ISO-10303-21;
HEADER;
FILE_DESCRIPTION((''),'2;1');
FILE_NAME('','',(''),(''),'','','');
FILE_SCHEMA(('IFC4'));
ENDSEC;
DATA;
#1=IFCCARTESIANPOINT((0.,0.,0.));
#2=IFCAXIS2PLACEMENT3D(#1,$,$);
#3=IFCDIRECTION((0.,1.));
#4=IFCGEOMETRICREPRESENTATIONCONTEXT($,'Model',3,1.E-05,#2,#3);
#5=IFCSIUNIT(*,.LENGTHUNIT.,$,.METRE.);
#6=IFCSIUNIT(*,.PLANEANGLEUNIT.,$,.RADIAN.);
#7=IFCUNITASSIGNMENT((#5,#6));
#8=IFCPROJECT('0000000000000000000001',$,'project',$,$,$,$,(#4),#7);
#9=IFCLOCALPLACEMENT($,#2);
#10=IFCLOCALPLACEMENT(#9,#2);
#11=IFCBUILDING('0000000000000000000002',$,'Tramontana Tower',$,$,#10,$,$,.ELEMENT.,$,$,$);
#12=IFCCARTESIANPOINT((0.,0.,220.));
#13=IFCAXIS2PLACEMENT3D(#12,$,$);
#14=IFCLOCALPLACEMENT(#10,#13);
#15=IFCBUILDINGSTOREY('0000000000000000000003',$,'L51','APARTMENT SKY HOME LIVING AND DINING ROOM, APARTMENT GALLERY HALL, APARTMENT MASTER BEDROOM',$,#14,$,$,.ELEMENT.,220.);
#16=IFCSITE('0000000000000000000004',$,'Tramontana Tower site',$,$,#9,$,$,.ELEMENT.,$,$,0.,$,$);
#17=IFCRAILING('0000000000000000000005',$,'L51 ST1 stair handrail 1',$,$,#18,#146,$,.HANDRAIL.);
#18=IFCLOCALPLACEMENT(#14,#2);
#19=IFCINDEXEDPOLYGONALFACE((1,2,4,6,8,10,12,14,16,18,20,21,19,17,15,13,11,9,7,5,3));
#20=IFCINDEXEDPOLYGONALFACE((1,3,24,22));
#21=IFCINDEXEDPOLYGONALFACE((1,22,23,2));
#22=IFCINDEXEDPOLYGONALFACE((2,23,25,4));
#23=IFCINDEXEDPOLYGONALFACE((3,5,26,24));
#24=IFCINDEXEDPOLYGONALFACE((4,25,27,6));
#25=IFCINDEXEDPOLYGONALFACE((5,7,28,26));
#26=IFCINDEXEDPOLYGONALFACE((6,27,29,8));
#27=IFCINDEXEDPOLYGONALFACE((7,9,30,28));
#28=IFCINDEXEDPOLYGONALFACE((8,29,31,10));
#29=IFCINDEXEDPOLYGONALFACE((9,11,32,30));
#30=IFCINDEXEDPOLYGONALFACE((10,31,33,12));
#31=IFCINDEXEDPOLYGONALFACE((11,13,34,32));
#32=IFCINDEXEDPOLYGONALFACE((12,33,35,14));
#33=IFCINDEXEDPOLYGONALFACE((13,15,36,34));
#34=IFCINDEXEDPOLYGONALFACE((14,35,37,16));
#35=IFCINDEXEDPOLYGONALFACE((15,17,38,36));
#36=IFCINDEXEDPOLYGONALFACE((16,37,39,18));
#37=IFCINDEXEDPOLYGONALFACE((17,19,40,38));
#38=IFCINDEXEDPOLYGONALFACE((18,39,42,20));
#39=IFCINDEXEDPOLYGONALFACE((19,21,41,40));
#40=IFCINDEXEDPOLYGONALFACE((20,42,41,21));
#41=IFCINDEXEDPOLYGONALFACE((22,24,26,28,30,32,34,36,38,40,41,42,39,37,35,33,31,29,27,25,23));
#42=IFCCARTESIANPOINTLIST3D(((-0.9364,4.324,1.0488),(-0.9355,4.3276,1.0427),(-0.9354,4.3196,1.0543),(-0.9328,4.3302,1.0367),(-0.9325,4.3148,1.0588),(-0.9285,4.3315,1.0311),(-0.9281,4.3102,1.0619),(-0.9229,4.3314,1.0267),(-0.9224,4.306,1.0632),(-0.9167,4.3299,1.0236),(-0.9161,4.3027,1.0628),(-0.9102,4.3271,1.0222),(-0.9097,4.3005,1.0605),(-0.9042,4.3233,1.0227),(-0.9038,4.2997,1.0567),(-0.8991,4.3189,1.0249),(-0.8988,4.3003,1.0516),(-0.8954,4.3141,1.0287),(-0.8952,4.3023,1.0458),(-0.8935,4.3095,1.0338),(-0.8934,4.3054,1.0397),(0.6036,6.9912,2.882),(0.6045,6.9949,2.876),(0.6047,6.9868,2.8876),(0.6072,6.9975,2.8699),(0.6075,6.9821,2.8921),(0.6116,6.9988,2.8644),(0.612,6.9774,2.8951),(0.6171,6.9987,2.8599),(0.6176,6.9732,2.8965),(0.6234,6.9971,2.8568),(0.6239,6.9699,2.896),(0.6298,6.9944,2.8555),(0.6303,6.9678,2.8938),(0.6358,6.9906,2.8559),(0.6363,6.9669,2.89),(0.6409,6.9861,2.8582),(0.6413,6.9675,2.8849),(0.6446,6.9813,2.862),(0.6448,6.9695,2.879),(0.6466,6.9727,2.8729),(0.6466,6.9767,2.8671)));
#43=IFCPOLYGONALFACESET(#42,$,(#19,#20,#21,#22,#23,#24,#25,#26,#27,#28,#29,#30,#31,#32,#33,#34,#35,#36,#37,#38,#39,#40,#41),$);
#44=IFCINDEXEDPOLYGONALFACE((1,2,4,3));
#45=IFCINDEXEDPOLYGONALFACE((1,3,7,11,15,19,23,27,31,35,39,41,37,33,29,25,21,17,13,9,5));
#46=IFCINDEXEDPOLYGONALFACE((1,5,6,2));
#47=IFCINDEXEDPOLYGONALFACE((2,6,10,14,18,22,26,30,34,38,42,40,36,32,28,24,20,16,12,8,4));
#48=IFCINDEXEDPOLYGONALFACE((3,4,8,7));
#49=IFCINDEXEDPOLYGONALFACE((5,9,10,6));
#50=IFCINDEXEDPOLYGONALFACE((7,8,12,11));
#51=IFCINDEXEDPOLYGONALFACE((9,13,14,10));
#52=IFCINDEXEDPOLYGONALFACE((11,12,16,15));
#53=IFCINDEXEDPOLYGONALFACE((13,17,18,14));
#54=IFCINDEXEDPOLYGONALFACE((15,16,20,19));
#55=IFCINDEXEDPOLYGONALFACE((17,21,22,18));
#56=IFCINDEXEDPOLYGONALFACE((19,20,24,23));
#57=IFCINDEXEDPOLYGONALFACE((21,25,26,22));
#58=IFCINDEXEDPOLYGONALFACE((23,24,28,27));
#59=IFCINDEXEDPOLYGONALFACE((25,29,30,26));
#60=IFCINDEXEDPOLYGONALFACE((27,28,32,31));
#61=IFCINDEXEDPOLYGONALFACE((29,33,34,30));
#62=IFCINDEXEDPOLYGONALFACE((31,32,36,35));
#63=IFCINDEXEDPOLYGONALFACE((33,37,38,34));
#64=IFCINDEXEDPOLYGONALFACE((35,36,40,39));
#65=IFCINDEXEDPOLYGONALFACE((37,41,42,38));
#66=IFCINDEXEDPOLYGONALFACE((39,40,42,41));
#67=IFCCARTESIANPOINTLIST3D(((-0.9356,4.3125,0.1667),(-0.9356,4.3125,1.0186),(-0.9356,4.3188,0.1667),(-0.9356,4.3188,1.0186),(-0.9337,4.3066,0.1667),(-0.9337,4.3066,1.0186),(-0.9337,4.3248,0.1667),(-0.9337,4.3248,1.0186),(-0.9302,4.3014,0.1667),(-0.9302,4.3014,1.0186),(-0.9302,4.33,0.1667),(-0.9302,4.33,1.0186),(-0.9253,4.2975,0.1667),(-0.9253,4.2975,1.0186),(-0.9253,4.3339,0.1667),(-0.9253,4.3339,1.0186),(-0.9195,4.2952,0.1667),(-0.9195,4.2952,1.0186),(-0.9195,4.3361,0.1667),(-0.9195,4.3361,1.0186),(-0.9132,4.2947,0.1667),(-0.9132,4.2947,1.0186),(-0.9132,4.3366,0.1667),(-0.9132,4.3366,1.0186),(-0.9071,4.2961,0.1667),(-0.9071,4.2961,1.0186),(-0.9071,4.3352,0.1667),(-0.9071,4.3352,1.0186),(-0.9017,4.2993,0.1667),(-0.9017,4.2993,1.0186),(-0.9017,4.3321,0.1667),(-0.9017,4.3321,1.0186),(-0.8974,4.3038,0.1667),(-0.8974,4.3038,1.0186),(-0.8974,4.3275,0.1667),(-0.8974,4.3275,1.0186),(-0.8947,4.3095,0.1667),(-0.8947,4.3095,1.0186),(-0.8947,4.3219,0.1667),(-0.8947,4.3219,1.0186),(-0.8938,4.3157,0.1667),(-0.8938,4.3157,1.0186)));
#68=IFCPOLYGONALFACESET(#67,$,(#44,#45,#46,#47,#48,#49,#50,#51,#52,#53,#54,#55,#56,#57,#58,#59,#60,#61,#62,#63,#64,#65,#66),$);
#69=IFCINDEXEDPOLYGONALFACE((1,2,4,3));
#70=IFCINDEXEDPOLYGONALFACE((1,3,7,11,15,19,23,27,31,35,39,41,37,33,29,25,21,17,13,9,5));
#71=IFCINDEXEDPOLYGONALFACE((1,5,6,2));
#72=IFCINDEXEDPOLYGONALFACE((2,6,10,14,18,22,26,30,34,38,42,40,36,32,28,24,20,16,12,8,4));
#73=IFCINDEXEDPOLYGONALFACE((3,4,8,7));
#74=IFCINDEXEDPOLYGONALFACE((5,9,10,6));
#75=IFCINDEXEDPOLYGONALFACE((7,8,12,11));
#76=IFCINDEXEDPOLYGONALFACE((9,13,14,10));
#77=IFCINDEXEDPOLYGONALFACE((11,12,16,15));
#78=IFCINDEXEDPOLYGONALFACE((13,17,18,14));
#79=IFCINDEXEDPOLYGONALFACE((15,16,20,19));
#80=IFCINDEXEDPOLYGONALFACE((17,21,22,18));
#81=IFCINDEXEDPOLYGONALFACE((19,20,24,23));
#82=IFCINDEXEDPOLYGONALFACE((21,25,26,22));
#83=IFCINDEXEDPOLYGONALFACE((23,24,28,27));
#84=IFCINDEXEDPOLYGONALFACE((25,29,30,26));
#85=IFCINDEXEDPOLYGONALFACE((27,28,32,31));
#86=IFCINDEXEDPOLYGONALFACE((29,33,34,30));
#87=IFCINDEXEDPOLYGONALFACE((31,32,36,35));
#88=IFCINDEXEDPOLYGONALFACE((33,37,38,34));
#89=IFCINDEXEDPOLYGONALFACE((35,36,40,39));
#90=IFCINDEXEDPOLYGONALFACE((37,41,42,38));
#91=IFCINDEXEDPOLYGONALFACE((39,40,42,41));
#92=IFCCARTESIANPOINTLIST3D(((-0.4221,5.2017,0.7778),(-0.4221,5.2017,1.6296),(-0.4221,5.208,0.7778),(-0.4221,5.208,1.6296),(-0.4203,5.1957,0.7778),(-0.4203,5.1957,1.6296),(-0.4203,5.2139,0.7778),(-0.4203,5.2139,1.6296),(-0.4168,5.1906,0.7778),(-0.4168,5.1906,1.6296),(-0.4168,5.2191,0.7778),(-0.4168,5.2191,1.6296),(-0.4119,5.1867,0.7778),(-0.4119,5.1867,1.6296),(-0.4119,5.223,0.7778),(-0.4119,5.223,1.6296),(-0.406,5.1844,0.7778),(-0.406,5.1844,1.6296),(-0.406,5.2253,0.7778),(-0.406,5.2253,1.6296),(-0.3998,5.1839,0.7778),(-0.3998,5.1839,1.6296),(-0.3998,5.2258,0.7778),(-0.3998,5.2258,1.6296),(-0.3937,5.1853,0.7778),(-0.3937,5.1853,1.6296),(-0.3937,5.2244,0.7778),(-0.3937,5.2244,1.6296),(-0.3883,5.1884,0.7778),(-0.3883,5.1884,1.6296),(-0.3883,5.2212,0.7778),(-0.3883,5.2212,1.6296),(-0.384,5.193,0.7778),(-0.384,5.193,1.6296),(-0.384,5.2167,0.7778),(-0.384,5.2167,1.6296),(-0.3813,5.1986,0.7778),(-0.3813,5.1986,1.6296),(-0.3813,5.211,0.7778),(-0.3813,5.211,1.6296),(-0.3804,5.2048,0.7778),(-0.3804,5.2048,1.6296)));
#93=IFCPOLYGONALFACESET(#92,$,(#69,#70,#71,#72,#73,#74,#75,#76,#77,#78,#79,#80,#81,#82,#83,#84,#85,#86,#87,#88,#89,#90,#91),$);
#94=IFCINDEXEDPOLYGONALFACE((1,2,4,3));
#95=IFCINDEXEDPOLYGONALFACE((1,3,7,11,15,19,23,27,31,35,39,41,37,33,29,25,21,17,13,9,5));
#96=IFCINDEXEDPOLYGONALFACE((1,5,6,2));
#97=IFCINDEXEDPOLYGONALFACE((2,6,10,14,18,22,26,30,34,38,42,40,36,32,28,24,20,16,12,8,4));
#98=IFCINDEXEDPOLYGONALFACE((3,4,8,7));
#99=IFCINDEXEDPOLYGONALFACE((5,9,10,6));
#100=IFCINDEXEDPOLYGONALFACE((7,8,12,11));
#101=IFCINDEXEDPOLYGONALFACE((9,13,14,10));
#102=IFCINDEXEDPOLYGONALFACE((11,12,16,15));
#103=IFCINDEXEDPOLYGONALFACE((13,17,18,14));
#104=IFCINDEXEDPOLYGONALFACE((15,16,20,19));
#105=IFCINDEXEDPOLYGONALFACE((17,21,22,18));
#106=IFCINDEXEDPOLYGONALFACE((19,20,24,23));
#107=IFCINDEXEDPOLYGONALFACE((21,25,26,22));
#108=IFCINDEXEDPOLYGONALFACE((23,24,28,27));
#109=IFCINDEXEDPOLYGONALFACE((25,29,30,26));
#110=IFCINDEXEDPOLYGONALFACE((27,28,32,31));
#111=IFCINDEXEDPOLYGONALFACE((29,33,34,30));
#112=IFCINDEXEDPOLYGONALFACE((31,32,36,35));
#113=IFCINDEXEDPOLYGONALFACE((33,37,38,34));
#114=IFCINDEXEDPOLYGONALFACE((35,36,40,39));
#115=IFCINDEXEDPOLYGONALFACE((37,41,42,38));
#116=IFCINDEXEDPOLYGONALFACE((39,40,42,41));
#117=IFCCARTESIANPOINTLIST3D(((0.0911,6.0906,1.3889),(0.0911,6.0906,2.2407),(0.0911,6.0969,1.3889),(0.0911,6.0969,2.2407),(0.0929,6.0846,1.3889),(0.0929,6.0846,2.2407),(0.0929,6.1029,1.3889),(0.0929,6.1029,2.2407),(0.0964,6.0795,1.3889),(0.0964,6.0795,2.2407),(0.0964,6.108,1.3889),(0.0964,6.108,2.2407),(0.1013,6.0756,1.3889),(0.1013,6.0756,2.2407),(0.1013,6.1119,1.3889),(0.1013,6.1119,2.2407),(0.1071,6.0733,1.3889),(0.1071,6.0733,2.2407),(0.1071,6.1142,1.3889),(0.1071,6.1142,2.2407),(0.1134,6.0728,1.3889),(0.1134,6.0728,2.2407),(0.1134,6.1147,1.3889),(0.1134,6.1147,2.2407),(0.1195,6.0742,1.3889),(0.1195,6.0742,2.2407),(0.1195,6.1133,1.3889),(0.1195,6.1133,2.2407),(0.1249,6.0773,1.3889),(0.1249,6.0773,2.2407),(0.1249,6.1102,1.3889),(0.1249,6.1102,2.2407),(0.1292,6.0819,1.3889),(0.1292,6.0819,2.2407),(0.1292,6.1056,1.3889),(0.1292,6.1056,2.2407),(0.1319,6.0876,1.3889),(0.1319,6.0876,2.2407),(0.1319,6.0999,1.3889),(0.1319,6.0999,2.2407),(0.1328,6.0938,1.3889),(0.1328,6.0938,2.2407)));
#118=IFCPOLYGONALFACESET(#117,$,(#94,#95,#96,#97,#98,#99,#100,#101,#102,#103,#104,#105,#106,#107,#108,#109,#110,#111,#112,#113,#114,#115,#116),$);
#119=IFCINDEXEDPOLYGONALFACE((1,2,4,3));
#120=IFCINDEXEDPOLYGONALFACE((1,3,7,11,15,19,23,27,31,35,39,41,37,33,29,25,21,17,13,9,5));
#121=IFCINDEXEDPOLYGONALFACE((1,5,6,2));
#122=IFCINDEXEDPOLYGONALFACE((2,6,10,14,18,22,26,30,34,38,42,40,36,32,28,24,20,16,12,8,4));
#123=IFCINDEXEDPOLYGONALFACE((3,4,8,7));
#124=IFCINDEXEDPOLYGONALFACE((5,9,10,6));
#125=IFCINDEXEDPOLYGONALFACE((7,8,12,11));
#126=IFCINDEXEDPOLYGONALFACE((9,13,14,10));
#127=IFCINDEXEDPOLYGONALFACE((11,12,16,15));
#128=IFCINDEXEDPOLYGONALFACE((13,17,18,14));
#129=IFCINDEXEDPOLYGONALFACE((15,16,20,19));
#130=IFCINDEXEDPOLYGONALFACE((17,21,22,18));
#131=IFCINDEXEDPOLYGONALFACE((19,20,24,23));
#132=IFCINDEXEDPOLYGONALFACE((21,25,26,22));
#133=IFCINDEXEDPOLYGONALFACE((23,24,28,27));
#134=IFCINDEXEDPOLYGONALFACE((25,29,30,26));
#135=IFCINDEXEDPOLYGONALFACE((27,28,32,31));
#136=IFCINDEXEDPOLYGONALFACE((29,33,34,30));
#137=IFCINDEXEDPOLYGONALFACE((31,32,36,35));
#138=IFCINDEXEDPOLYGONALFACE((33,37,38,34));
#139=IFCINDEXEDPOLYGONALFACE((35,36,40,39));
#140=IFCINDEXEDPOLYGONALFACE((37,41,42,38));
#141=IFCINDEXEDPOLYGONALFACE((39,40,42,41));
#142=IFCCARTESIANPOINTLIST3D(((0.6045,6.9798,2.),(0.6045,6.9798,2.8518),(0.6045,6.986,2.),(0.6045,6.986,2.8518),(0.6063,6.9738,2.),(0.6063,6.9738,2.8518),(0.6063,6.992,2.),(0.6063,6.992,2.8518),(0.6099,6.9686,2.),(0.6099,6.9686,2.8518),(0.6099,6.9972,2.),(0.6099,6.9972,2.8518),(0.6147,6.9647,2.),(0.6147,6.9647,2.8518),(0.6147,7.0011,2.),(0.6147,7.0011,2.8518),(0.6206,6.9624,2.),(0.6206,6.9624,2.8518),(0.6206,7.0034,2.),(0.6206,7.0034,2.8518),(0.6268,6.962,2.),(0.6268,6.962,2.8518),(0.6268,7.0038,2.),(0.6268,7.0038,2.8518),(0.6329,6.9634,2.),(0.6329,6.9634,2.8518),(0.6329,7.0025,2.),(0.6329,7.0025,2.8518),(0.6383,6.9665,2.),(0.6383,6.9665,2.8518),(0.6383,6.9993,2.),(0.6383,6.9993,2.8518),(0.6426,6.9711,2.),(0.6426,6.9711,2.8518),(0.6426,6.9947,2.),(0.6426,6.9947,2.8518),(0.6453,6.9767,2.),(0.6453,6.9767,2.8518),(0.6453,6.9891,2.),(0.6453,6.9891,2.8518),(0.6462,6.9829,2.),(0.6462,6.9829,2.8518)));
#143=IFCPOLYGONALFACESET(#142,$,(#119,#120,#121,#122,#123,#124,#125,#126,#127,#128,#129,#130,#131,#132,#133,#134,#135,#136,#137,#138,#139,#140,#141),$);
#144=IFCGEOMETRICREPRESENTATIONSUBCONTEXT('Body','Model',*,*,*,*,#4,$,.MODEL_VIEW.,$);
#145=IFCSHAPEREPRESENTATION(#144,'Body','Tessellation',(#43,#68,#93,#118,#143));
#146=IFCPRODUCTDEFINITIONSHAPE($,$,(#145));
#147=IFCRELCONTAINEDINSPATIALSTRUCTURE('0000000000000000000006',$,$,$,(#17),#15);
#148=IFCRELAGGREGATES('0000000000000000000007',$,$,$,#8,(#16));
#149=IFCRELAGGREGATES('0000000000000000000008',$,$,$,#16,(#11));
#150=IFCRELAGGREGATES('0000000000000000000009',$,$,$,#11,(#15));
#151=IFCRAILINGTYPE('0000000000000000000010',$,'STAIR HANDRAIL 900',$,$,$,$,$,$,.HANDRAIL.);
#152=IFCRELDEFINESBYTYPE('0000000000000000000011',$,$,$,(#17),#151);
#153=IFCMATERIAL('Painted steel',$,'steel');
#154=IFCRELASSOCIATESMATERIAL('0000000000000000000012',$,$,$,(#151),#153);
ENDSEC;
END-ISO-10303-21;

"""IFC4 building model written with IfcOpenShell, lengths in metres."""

from ifc_helpers import new_model, si_unit, direction, frame, origin, origin_2d, place, context, subcontext, project, spatial, circle, extrude, material, type_object, element, save


model = new_model("IFC4")

# Units and contexts
model_context = context("Model", 3, precision=1e-05, world=origin(), true_north=direction((0.0, 1.0)))
body_context = subcontext(model_context, "Body", "Model", "MODEL_VIEW")
ifc_project = project(units=[si_unit("LENGTHUNIT", "METRE"), si_unit("PLANEANGLEUNIT", "RADIAN")], contexts=[model_context])

# Site, building, storey
site_placement = place(None, origin())
site = spatial("IfcSite", under=ifc_project, at=site_placement, Name="Tramontana Tower site", CompositionType="ELEMENT", RefElevation=0.0)
building_placement = place(site_placement, origin())
building = spatial("IfcBuilding", under=site, at=building_placement, Name="Tramontana Tower", CompositionType="ELEMENT")
storey_placement = place(building_placement, frame((0.0, 0.0, 220.0)))
storey = spatial("IfcBuildingStorey", under=building, at=storey_placement, Name="L51", Description="APARTMENT SKY HOME LIVING AND DINING ROOM, APARTMENT GALLERY HALL, APARTMENT MASTER BEDROOM", CompositionType="ELEMENT", Elevation=220.0)

# Railing
ifc_material_1 = material(Name="Painted steel", Category="steel")
railing_type_1 = type_object("IfcRailingType", Name="STAIR HANDRAIL 900", PredefinedType="HANDRAIL", material=ifc_material_1)
railing_1_placement = place(storey_placement, frame((-0.9148, 4.3157, 0.1667)))
element("IfcRailing", 1, at=railing_1_placement, inside=storey, type_object=railing_type_1, Name="L51 ST1 stair handrail 1", PredefinedType="HANDRAIL", context=body_context, shape_type="SweptSolid", body=[
    extrude(circle(Radius=0.0239, at=origin_2d()), frame((0.0, 0.0, 0.876), z_axis=(0.429671, 0.744159, 0.511478), x_axis=(-0.86601, 0.500027, 0.0)), (0.0, 0.0, 1.0), 3.5842),
    extrude(circle(Radius=0.021, at=origin_2d()), origin(), (0.0, 0.0, 1.0), 0.8518),
    extrude(circle(Radius=0.021, at=origin_2d()), frame((0.5134, 0.8892, 0.6111)), (0.0, 0.0, 1.0), 0.8518),
    extrude(circle(Radius=0.021, at=origin_2d()), frame((1.0266, 1.7781, 1.2222)), (0.0, 0.0, 1.0), 0.8518),
    extrude(circle(Radius=0.021, at=origin_2d()), frame((1.54, 2.6672, 1.8333)), (0.0, 0.0, 1.0), 0.8518),
])

save(model, "model.ifc")
